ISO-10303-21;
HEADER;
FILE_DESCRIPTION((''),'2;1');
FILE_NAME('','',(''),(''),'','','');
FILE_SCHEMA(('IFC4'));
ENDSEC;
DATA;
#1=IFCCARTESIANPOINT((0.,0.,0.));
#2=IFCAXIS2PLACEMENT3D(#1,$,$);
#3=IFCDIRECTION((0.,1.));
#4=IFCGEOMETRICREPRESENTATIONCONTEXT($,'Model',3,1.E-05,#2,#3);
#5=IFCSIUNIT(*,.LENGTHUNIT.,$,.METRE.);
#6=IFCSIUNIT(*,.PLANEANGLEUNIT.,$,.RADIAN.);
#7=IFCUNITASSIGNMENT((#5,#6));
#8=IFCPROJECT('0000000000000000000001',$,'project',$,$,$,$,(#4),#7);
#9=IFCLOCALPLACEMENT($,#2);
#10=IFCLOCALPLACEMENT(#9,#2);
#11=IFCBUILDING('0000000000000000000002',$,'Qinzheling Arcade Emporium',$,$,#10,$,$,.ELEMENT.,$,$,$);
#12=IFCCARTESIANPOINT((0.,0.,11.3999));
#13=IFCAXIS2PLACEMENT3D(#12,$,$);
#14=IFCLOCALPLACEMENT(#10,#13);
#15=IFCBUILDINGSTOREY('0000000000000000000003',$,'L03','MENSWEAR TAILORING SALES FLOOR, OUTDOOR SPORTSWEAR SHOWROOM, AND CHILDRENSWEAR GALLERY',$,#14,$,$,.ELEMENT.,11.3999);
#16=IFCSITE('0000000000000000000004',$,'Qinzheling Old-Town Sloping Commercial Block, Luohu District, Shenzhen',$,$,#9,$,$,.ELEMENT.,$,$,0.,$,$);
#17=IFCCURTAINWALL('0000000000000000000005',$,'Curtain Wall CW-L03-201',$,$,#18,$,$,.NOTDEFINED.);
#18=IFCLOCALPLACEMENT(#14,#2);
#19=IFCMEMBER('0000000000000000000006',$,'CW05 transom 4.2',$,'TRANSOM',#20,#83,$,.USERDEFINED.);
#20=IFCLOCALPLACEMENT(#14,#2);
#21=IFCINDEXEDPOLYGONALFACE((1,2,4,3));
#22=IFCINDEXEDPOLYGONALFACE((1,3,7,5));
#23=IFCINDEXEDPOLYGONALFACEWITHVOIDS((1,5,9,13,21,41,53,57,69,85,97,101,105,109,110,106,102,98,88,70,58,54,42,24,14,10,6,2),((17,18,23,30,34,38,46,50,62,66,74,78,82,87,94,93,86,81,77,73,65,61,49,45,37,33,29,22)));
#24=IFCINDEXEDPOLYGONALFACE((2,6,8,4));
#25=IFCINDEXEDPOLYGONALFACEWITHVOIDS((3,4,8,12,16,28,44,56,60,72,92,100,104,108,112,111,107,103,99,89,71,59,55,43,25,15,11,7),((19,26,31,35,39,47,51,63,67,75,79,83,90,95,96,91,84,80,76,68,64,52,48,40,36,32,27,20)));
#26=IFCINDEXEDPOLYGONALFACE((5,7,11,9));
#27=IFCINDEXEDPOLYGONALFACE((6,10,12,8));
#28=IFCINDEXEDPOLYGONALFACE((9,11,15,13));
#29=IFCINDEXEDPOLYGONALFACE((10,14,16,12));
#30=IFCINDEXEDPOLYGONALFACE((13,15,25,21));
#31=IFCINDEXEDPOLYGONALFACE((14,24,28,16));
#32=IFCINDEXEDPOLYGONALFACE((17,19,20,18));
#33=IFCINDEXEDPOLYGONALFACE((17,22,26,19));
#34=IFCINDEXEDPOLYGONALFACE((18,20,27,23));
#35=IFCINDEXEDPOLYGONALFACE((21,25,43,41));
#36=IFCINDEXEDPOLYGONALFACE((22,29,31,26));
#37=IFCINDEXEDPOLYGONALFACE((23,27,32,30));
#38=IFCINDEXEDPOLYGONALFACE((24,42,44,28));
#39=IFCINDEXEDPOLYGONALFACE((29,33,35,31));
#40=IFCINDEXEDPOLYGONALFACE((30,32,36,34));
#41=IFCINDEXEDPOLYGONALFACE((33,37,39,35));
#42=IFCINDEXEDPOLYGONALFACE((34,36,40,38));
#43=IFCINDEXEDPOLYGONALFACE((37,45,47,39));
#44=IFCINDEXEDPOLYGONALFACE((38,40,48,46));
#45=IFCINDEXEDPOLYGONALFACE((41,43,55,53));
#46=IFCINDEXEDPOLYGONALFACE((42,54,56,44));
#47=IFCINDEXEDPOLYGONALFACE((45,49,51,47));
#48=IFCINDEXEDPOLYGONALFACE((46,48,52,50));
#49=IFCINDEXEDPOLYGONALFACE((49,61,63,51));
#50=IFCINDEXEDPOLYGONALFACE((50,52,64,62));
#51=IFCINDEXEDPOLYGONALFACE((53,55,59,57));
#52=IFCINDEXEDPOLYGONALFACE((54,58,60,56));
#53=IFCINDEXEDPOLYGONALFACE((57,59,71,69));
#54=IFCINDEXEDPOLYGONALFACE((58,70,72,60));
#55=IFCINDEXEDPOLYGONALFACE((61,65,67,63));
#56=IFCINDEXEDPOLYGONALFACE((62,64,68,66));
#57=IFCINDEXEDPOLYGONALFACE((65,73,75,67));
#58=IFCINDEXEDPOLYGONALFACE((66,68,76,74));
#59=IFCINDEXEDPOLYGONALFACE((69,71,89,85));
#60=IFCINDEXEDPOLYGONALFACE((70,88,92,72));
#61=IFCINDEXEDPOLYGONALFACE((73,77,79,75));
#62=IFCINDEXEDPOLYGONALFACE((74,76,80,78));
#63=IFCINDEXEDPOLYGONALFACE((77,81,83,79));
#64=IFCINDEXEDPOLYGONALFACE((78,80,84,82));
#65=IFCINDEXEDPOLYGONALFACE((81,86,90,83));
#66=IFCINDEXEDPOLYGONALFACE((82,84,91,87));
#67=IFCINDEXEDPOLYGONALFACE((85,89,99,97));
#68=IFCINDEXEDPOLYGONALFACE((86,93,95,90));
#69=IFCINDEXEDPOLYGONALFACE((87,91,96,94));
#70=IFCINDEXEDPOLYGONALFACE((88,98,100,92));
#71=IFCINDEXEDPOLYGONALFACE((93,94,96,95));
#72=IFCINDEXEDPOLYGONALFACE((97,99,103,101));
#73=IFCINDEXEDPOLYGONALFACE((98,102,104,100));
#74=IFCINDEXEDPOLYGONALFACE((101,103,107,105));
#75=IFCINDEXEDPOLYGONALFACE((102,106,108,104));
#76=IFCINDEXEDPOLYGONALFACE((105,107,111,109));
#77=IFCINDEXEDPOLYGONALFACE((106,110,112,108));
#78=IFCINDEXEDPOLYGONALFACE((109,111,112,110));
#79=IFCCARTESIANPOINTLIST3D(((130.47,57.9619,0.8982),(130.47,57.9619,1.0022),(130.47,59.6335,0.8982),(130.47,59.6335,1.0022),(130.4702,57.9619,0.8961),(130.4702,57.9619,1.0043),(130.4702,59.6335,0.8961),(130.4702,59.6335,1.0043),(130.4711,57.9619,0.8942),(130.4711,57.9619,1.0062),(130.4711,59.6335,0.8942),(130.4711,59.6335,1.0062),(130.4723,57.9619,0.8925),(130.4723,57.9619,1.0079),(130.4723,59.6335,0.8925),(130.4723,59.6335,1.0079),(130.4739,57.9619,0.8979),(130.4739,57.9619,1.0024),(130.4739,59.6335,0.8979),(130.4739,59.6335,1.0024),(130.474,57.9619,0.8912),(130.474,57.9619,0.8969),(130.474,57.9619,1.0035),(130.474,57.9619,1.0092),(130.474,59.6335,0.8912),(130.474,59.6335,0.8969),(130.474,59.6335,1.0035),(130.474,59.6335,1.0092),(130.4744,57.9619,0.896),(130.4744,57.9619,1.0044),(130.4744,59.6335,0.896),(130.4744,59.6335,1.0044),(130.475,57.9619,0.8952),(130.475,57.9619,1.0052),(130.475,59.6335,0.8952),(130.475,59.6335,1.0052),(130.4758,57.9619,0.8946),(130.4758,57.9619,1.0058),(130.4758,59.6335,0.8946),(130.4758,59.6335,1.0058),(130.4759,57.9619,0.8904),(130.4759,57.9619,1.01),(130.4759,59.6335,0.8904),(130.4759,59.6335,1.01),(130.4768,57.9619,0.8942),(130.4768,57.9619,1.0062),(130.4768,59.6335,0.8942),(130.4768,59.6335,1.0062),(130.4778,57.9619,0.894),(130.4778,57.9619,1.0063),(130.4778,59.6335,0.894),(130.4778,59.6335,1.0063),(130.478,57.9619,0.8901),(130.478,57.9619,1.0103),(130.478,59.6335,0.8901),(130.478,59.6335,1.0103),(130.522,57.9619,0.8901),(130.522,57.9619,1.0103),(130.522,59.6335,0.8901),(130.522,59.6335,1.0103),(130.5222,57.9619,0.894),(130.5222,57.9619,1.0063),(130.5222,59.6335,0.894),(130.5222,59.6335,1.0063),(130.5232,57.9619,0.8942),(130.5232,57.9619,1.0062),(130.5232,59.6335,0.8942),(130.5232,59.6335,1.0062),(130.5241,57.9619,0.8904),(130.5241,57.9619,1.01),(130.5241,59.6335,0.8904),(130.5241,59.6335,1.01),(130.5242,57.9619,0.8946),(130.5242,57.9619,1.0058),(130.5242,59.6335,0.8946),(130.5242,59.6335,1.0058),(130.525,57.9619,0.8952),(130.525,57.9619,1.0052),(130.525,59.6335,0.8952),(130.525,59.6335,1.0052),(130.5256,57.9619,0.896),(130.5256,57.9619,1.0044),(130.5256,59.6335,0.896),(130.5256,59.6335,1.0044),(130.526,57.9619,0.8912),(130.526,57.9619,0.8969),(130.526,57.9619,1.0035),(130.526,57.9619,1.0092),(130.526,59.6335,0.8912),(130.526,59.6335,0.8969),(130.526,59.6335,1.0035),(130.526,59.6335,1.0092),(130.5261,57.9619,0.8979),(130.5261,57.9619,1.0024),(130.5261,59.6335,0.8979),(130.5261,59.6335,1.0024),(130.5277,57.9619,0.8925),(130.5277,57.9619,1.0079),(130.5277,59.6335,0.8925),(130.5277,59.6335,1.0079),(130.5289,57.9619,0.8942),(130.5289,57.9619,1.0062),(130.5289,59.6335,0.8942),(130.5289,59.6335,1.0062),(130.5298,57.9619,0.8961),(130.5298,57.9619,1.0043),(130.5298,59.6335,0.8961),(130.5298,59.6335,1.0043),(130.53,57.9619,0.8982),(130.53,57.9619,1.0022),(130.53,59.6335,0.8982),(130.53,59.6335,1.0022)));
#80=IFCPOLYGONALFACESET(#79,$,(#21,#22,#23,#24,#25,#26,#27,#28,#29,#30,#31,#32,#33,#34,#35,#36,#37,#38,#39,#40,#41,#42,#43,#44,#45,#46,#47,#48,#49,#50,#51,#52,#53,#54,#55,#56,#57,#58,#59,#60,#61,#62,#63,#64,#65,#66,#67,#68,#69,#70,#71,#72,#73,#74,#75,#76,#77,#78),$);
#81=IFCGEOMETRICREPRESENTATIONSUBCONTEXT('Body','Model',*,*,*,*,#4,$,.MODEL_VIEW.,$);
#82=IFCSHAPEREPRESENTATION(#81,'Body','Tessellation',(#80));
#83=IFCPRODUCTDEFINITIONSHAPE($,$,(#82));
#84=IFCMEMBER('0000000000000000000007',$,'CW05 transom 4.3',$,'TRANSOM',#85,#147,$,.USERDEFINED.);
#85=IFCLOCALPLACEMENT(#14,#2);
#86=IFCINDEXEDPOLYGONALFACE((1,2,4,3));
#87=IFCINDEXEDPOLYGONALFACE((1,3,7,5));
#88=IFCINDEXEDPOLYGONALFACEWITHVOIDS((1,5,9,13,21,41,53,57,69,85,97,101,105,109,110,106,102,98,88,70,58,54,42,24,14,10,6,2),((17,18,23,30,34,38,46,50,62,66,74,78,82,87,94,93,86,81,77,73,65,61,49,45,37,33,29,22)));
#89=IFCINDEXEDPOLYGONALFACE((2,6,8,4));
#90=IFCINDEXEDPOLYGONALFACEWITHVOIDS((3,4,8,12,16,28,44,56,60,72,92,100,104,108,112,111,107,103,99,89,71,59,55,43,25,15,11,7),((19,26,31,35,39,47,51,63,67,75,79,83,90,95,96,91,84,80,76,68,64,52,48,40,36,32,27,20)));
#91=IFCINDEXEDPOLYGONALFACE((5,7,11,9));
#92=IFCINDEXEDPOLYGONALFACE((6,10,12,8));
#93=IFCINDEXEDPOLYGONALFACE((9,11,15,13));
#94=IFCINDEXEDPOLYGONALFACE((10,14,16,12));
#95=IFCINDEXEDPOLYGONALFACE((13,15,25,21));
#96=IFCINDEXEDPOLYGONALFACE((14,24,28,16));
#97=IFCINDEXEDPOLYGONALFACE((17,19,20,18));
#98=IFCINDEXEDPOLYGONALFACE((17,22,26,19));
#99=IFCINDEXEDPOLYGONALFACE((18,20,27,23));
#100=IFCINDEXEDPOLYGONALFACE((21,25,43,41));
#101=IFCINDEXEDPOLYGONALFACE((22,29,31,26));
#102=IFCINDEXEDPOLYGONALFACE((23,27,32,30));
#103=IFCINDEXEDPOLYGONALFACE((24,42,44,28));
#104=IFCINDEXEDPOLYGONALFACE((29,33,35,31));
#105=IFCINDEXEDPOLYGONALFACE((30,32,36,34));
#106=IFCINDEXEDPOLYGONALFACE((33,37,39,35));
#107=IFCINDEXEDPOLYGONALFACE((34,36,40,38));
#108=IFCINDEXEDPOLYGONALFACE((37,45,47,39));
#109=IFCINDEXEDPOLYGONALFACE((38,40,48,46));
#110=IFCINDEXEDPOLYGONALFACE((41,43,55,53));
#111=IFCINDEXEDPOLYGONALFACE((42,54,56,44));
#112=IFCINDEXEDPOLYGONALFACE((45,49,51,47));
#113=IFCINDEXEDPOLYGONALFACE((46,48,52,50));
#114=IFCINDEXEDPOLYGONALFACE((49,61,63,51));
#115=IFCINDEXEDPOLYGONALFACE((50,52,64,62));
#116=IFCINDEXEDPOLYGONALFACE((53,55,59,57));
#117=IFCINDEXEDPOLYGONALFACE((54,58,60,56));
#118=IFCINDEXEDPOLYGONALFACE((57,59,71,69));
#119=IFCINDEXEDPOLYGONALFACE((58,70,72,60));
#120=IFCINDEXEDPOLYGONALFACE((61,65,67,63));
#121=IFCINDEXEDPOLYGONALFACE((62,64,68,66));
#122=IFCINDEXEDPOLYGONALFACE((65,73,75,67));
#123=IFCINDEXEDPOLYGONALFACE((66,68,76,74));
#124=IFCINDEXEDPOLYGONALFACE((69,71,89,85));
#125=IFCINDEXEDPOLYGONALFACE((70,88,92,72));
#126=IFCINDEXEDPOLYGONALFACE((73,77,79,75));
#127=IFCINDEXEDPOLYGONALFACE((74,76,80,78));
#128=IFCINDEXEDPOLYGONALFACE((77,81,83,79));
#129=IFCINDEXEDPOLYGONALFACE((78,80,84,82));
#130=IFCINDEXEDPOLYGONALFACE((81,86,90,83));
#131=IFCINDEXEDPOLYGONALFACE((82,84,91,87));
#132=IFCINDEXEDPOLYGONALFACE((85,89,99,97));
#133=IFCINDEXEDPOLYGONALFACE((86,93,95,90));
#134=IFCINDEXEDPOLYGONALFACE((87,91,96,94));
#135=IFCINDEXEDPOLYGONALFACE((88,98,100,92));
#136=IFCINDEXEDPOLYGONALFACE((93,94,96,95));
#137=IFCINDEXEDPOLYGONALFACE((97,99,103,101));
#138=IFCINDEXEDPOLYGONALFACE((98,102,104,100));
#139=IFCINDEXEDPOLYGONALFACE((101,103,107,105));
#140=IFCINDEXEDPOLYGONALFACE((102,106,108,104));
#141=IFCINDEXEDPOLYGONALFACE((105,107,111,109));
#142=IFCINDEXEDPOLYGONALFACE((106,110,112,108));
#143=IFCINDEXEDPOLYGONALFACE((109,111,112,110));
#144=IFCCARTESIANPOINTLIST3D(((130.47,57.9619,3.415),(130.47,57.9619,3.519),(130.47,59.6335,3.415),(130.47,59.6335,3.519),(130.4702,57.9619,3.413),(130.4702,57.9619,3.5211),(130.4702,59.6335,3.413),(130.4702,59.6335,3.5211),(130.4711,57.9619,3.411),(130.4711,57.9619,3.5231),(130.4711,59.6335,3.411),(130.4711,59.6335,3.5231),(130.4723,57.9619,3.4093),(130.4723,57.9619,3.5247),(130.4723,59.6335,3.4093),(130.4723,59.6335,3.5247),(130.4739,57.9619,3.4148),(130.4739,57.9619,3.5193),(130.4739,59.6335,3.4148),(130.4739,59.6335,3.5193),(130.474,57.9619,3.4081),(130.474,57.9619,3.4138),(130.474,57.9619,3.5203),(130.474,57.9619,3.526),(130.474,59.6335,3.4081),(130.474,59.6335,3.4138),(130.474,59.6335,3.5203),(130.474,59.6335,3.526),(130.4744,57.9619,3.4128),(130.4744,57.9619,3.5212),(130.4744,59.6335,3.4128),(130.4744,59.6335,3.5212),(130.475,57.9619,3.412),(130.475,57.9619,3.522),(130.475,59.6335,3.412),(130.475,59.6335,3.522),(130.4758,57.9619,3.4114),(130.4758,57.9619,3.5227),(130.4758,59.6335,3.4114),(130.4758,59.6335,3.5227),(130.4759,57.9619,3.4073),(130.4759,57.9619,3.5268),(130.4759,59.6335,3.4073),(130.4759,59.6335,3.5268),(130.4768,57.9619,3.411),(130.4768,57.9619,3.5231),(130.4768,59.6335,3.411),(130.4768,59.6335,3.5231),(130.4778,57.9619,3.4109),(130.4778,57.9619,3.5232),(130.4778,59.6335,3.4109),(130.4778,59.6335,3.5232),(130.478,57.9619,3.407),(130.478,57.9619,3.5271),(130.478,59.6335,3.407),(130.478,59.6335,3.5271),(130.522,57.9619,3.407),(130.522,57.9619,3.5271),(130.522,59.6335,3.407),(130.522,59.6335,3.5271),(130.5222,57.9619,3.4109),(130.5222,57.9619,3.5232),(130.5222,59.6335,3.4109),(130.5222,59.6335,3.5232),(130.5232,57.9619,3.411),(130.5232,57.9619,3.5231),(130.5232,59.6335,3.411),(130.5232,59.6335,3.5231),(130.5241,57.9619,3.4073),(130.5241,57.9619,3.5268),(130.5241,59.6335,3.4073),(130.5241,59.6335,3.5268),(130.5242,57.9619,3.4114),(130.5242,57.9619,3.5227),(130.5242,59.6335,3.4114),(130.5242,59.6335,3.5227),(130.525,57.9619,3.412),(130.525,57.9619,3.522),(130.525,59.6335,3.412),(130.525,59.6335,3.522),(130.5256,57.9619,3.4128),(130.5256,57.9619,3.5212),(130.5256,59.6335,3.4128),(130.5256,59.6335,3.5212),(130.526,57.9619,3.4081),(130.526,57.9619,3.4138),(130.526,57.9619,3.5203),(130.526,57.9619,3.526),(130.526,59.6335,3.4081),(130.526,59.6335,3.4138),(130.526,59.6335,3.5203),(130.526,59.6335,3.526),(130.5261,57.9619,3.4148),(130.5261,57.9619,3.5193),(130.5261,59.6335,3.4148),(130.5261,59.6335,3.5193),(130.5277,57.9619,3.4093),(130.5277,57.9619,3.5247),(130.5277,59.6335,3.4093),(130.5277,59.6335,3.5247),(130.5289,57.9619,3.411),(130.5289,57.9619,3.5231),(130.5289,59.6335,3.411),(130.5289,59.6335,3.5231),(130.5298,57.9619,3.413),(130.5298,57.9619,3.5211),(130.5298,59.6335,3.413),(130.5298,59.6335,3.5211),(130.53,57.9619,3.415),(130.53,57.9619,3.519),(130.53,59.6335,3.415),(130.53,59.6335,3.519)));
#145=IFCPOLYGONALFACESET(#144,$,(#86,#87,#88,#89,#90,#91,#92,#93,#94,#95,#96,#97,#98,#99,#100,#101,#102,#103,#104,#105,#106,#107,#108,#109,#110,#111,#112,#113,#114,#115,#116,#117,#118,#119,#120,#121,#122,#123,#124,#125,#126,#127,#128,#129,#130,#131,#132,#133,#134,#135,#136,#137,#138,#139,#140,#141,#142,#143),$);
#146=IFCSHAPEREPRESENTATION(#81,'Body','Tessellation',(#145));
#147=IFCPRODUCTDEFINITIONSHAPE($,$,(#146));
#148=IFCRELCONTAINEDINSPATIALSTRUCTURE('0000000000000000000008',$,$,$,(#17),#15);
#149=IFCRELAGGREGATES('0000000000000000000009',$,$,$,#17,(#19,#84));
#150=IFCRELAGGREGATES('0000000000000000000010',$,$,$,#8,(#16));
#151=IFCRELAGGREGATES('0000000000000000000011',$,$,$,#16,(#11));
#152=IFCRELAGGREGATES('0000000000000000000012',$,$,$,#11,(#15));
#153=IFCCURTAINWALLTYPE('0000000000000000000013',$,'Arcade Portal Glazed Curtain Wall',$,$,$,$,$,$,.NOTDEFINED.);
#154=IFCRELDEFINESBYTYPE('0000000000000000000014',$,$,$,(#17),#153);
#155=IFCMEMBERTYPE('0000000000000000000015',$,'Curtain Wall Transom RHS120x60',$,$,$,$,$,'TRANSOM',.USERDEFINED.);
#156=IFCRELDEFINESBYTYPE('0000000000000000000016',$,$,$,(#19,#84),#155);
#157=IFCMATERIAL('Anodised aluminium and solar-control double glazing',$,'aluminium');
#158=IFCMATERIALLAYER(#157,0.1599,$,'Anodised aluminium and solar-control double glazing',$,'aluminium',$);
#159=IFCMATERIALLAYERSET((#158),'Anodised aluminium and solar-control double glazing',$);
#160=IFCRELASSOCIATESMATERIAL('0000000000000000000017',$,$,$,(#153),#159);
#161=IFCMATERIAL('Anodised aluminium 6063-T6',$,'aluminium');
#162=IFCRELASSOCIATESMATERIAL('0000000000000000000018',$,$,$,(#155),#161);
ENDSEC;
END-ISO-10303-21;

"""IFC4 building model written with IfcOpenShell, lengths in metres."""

from ifc_helpers import new_model, si_unit, direction, frame, origin, origin_2d, place, context, subcontext, project, spatial, hollow_rectangle, extrude, material, layer, layer_set, material_profile, profile_set, type_object, element, aggregate, save


model = new_model("IFC4")

# Units and contexts
model_context = context("Model", 3, precision=1e-05, world=origin(), true_north=direction((0.0, 1.0)))
body_context = subcontext(model_context, "Body", "Model", "MODEL_VIEW")
ifc_project = project(units=[si_unit("LENGTHUNIT", "METRE"), si_unit("PLANEANGLEUNIT", "RADIAN")], contexts=[model_context])

# Site, building, storey
site_placement = place(None, origin())
site = spatial("IfcSite", under=ifc_project, at=site_placement, Name="Qinzheling Old-Town Sloping Commercial Block, Luohu District, Shenzhen", CompositionType="ELEMENT", RefElevation=0.0)
building_placement = place(site_placement, origin())
building = spatial("IfcBuilding", under=site, at=building_placement, Name="Qinzheling Arcade Emporium", CompositionType="ELEMENT")
storey_placement = place(building_placement, frame((0.0, 0.0, 11.3999)))
storey = spatial("IfcBuildingStorey", under=building, at=storey_placement, Name="L03", Description="MENSWEAR TAILORING SALES FLOOR, OUTDOOR SPORTSWEAR SHOWROOM, AND CHILDRENSWEAR GALLERY", CompositionType="ELEMENT", Elevation=11.3999)

# Shared definitions
ifc_material_1 = material(Name="Anodised aluminium and solar-control double glazing", Category="aluminium")
ifc_layer_1 = layer(ifc_material_1, 0.1599, Name="Anodised aluminium and solar-control double glazing", Category="aluminium")
ifc_layer_set_1 = layer_set([ifc_layer_1], Name="Anodised aluminium and solar-control double glazing")
curtain_wall_type = type_object("IfcCurtainWallType", Name="Arcade Portal Glazed Curtain Wall", PredefinedType="NOTDEFINED", material=ifc_layer_set_1)
ifc_material_2 = material(Name="Anodised aluminium 6063-T6", Category="aluminium")

# Curtain wall
curtain_wall_1_placement = place(storey_placement, origin())
curtain_wall_1 = element("IfcCurtainWall", 1, at=curtain_wall_1_placement, inside=storey, type_object=curtain_wall_type, Name="Curtain Wall CW-L03-201", PredefinedType="NOTDEFINED")

# Members
ifc_material_profile_1 = material_profile(ifc_material_2, hollow_rectangle(XDim=0.0601, YDim=0.1201, WallThickness=0.0039, InnerFilletRadius=0.0039, OuterFilletRadius=0.0081, at=origin_2d()), Name="RHS 120x60x4", Category="aluminium")
ifc_profile_set_1 = profile_set([ifc_material_profile_1], Name="Anodised aluminium 6063-T6")
member_type_1 = type_object("IfcMemberType", Name="Curtain Wall Transom RHS120x60", ElementType="TRANSOM", PredefinedType="USERDEFINED", material=ifc_profile_set_1)
member_1_placement = place(storey_placement, frame((130.5, 59.6335, 0.9502), z_axis=(0.0, -1.0, 0.0), x_axis=(1.0, 0.0, 0.0)))
member_1 = element("IfcMember", 2, at=member_1_placement, type_object=member_type_1, Name="CW05 transom 4.2", ObjectType="TRANSOM", PredefinedType="USERDEFINED", context=body_context, shape_type="SweptSolid", body=[
    extrude(hollow_rectangle(XDim=0.0601, YDim=0.1201, WallThickness=0.0039, InnerFilletRadius=0.0039, OuterFilletRadius=0.0081, at=origin_2d()), origin(), (0.0, 0.0, 1.0), 1.6716),
])
member_2_placement = place(storey_placement, frame((130.5, 59.6335, 3.467), z_axis=(0.0, -1.0, 0.0), x_axis=(1.0, 0.0, 0.0)))
member_2 = element("IfcMember", 3, at=member_2_placement, type_object=member_type_1, Name="CW05 transom 4.3", ObjectType="TRANSOM", PredefinedType="USERDEFINED", context=body_context, shape_type="SweptSolid", body=[
    extrude(hollow_rectangle(XDim=0.0601, YDim=0.1201, WallThickness=0.0039, InnerFilletRadius=0.0039, OuterFilletRadius=0.0081, at=origin_2d()), origin(), (0.0, 0.0, 1.0), 1.6716),
])

aggregate(curtain_wall_1, [member_1, member_2])

save(model, "model.ifc")
